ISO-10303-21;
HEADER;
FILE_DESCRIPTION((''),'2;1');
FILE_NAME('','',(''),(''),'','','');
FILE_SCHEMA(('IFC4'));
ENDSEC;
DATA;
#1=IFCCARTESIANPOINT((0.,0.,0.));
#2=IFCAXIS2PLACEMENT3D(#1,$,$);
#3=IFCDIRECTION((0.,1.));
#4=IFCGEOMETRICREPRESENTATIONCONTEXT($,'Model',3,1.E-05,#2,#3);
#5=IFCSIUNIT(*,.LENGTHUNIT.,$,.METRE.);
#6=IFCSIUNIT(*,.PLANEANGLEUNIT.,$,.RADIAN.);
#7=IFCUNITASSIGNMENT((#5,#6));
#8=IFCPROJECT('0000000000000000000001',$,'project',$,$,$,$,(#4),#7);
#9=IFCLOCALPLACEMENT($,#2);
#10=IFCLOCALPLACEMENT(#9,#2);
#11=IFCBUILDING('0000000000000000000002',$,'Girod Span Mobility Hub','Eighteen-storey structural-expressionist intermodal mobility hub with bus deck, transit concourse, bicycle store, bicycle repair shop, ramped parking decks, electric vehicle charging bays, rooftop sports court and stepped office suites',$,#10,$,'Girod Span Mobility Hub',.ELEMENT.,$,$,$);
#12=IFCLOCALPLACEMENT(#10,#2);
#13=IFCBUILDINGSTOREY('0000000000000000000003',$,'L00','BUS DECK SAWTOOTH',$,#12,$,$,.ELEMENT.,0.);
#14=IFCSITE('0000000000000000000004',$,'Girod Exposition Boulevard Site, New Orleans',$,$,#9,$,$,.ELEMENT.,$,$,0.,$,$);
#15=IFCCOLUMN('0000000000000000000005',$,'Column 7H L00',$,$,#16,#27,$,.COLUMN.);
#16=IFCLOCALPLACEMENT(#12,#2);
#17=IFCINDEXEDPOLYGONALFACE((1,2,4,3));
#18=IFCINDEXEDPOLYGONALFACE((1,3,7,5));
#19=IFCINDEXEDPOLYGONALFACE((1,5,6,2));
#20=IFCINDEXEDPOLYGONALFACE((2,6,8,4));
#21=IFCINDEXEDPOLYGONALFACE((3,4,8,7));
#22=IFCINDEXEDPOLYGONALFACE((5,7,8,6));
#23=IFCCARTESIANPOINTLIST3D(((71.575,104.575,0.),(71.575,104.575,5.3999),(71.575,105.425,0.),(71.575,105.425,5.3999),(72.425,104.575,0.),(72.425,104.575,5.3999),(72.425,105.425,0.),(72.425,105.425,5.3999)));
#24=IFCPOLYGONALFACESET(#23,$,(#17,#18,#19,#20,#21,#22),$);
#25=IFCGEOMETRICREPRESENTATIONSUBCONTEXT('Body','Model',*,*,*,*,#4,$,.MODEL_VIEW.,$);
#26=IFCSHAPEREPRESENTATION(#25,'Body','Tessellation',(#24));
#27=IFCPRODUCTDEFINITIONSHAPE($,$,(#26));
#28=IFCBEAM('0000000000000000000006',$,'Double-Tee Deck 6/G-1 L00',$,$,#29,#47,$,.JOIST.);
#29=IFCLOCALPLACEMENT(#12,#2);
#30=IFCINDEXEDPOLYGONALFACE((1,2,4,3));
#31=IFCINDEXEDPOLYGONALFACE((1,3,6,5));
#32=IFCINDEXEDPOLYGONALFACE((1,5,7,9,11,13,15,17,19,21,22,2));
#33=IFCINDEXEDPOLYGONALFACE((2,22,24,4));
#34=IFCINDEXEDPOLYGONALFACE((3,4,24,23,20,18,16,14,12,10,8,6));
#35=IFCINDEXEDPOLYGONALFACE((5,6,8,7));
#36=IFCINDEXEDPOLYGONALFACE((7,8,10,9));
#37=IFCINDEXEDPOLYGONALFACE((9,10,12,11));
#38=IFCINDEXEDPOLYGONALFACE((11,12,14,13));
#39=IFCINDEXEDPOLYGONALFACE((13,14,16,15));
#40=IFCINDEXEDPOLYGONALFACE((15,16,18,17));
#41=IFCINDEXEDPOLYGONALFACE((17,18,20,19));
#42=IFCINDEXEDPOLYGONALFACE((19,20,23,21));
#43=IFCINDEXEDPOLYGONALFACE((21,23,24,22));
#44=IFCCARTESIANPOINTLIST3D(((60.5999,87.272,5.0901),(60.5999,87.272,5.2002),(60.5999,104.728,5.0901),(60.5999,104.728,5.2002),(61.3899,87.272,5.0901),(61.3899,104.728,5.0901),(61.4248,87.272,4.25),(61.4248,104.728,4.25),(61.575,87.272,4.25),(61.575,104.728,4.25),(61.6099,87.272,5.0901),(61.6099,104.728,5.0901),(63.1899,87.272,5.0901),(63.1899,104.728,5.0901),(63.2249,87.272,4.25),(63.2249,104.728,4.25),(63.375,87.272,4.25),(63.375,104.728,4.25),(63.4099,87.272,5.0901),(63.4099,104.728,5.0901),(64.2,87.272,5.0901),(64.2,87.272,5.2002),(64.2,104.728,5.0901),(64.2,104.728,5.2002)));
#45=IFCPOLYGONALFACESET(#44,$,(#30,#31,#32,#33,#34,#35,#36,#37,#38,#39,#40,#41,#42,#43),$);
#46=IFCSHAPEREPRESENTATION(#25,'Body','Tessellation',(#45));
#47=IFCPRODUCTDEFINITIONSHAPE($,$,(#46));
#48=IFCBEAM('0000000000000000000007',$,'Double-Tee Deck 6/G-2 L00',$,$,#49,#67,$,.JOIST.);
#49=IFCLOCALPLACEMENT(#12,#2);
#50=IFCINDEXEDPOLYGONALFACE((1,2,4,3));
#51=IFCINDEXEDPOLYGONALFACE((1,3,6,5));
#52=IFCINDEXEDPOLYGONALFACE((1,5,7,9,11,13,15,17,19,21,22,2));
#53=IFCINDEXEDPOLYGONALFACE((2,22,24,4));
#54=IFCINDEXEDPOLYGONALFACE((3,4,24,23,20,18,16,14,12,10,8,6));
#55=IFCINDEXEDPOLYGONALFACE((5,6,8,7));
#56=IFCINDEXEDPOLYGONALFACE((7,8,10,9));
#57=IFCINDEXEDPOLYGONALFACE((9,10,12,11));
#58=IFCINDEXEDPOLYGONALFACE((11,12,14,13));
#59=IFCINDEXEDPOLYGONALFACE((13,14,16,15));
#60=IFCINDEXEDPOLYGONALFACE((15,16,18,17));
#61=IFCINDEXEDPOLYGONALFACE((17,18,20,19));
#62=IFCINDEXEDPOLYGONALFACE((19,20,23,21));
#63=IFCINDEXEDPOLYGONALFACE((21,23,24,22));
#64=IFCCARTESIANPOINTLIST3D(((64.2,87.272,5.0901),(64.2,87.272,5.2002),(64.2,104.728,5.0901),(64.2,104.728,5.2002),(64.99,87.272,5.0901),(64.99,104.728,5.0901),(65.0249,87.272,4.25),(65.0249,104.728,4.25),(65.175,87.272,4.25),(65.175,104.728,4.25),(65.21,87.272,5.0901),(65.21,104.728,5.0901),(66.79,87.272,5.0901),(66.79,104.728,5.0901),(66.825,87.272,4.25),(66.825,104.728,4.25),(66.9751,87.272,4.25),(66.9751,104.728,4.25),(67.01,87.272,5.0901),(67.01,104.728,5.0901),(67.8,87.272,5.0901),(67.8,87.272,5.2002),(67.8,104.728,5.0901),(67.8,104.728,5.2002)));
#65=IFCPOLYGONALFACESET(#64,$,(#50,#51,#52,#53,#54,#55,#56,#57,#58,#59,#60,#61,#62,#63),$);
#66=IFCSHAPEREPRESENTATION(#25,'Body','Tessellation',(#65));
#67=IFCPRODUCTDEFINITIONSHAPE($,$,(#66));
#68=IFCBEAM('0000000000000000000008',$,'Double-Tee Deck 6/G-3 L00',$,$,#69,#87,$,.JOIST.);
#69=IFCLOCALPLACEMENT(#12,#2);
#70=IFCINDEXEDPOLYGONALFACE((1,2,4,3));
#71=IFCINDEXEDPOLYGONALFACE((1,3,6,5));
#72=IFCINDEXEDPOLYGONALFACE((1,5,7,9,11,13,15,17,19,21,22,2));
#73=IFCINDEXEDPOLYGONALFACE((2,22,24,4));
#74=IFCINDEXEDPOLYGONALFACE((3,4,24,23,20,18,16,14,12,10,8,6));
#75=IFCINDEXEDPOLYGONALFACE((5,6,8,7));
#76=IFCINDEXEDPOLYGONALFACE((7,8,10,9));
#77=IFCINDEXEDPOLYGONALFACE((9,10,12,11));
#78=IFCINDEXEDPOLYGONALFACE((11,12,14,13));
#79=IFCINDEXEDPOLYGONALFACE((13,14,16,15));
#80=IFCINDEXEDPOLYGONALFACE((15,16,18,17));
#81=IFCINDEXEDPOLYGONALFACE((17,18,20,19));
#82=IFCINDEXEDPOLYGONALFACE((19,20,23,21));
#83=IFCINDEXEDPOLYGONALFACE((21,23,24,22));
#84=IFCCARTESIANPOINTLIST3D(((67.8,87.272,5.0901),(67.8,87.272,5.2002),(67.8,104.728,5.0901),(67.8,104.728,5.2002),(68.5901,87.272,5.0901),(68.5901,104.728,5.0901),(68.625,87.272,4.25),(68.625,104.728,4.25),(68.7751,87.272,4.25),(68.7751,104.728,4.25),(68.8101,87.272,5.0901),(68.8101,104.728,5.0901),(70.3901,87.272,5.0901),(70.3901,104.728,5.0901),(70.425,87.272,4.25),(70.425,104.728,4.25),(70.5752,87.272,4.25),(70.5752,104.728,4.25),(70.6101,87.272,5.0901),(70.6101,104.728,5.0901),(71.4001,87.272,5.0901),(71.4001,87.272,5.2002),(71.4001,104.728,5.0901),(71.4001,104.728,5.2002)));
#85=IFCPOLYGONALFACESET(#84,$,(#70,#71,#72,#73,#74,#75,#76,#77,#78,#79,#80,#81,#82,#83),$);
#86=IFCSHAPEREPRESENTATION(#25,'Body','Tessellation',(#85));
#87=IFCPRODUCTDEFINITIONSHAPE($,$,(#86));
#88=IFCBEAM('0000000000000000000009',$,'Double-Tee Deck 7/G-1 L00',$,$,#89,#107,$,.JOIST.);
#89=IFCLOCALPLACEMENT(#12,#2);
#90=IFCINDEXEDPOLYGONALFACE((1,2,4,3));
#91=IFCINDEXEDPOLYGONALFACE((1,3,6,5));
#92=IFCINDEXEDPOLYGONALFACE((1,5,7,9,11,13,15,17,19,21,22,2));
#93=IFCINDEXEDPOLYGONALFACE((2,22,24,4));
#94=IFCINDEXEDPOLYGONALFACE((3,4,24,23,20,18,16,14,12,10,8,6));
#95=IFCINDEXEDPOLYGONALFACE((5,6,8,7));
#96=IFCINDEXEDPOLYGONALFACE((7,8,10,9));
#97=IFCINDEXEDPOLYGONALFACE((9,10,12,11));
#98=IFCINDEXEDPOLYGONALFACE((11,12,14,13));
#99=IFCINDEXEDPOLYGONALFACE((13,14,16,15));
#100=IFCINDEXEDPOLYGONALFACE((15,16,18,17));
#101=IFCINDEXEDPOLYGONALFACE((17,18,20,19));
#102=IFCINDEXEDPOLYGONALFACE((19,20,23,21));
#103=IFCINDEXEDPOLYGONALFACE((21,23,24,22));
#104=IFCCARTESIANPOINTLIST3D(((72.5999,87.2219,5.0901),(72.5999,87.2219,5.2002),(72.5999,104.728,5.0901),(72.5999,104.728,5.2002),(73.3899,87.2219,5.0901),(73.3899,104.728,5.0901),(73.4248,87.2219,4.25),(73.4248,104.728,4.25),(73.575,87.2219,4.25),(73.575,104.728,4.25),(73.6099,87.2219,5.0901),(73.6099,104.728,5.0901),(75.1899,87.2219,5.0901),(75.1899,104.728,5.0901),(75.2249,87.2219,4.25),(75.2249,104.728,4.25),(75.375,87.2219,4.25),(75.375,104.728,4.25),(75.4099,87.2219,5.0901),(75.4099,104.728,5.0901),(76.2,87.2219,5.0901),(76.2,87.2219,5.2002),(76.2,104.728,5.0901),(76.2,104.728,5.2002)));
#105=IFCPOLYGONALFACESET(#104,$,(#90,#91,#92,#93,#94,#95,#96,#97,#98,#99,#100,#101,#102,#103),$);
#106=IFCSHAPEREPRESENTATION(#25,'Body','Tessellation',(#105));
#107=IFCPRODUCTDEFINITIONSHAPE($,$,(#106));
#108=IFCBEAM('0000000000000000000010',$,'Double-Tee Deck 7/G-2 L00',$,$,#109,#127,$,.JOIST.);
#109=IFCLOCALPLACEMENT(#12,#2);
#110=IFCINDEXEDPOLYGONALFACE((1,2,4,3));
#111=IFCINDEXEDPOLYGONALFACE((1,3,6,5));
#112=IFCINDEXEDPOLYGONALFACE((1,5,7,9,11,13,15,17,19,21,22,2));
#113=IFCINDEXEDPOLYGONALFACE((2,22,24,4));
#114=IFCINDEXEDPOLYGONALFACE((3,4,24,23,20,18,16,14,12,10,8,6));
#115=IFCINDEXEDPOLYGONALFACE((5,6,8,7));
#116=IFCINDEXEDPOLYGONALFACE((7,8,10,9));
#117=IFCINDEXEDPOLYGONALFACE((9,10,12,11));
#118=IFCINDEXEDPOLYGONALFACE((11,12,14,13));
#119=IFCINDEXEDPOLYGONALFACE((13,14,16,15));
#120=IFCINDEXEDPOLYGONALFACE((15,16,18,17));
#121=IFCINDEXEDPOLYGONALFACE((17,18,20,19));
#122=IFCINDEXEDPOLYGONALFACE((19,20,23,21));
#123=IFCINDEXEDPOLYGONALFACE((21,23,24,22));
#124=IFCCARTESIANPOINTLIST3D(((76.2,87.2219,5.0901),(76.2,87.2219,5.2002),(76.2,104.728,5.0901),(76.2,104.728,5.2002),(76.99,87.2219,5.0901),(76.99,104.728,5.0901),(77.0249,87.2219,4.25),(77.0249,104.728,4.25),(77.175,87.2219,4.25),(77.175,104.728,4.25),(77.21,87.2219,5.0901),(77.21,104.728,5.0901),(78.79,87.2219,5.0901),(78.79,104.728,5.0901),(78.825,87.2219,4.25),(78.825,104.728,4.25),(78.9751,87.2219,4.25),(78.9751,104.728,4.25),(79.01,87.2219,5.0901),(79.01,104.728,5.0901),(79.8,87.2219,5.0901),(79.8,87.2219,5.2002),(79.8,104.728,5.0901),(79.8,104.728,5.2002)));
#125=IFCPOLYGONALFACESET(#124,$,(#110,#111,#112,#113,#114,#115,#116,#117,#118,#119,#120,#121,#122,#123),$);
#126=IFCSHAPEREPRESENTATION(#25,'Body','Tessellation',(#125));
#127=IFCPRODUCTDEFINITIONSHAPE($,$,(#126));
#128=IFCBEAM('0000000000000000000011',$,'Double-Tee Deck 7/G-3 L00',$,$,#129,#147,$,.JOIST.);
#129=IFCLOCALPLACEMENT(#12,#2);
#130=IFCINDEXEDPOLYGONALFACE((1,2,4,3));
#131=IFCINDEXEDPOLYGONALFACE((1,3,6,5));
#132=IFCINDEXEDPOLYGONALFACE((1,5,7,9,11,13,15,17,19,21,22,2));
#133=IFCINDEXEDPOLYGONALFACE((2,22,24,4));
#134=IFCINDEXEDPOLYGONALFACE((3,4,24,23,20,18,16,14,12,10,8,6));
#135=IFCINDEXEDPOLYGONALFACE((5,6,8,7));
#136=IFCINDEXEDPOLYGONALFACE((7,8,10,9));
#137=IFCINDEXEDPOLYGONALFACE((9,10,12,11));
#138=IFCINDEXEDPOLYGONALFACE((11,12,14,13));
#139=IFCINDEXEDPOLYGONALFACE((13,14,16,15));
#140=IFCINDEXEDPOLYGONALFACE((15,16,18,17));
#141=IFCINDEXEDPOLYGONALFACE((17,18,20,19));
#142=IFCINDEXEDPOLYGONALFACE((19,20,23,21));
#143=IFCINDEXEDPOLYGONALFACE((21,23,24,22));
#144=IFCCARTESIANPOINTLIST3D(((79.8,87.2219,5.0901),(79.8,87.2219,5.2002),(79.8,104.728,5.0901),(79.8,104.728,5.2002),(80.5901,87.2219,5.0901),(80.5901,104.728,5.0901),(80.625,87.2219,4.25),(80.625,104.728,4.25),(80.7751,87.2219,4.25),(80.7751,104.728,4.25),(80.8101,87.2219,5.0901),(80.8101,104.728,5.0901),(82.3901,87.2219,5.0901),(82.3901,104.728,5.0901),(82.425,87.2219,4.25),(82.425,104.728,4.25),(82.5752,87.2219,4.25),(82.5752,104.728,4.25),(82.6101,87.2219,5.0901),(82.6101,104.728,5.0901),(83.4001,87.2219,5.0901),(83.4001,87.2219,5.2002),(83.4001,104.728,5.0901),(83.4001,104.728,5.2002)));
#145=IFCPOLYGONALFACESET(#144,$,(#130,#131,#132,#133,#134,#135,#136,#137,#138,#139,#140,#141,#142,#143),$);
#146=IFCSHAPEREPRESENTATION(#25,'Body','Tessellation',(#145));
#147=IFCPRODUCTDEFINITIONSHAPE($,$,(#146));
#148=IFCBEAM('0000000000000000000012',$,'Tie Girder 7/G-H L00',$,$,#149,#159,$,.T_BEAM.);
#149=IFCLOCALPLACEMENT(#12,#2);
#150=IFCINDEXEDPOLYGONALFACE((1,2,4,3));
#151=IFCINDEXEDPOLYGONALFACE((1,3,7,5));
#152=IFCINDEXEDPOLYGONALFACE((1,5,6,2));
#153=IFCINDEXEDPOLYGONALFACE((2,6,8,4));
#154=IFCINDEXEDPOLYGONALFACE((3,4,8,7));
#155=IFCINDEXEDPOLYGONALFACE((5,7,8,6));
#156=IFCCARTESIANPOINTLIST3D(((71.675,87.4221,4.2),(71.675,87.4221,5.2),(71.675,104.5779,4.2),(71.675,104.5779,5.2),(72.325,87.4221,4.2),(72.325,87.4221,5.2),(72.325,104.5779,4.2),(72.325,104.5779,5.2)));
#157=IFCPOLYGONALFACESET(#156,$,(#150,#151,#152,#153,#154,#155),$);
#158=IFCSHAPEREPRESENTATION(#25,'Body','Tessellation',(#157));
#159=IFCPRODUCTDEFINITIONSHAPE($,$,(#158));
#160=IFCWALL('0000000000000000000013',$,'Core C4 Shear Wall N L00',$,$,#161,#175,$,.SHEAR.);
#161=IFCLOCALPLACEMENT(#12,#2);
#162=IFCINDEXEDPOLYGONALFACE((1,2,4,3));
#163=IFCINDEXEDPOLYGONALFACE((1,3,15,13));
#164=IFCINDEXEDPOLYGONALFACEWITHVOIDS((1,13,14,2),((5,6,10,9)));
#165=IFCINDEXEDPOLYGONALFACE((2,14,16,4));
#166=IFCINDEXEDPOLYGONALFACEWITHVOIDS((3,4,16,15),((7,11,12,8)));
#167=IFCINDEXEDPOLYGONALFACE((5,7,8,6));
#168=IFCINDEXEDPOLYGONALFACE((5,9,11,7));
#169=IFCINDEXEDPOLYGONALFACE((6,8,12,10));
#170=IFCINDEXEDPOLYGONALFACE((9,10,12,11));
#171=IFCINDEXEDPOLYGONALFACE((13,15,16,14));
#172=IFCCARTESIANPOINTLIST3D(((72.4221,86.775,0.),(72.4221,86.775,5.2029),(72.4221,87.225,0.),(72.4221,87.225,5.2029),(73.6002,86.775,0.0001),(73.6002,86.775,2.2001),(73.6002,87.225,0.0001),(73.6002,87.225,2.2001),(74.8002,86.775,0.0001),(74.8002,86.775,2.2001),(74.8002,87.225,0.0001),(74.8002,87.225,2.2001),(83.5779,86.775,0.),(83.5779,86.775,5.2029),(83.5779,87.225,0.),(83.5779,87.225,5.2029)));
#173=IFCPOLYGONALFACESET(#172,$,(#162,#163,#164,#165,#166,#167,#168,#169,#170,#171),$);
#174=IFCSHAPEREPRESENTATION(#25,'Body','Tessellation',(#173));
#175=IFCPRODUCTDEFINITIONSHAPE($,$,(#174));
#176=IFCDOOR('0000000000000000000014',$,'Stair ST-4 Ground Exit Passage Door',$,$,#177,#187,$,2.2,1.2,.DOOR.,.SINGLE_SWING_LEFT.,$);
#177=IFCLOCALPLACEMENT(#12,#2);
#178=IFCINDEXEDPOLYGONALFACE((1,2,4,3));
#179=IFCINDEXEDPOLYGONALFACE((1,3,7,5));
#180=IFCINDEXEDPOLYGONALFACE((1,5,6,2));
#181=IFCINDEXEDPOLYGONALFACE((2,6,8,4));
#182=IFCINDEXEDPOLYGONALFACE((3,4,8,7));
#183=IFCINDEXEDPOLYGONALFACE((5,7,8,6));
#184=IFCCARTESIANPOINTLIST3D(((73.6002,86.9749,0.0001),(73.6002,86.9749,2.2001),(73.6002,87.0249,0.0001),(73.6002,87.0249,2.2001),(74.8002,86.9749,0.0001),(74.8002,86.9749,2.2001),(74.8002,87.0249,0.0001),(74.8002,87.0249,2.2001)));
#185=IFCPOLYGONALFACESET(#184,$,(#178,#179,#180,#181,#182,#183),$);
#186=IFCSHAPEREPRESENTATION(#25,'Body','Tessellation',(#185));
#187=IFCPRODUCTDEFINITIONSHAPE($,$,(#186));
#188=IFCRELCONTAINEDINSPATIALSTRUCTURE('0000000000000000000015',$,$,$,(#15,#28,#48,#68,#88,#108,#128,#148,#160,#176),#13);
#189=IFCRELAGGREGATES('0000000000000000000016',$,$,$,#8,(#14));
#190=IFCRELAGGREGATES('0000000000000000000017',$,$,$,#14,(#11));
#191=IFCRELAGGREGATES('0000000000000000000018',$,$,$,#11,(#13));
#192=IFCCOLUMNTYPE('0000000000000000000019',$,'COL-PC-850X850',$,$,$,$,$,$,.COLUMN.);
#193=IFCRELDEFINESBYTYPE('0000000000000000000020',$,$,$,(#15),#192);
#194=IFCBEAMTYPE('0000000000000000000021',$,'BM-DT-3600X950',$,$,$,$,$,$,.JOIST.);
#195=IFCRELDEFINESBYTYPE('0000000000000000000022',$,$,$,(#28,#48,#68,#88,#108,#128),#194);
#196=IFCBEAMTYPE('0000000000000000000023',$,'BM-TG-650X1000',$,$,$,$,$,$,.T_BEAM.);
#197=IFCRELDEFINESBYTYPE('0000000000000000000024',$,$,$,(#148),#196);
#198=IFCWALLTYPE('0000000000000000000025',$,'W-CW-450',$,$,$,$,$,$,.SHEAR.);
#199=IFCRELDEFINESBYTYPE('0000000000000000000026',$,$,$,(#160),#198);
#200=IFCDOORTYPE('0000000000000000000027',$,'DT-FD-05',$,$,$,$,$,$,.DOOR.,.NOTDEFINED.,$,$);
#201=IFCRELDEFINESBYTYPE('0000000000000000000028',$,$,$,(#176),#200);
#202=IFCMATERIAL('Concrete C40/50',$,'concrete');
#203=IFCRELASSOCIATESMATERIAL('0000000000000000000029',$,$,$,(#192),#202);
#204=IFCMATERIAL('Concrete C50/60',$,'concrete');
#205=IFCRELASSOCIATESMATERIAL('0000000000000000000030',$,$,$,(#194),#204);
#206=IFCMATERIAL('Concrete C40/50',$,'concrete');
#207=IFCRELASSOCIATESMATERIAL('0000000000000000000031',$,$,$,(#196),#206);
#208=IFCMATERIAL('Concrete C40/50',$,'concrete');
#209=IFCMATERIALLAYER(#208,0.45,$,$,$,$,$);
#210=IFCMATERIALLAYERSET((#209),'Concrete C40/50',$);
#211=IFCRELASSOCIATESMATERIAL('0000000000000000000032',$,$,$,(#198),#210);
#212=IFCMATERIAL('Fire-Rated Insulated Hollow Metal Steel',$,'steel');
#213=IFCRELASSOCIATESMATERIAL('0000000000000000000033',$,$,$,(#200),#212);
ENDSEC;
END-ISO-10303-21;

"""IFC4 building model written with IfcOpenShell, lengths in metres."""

from ifc_helpers import new_model, si_unit, direction, frame, frame_2d, origin, origin_2d, place, context, subcontext, project, spatial, polyline, rectangle, outline, extrude, material, layer, layer_set, material_profile, profile_set, type_object, element, fill, save


model = new_model("IFC4")

# Units and contexts
model_context = context("Model", 3, precision=1e-05, world=origin(), true_north=direction((0.0, 1.0)))
body_context = subcontext(model_context, "Body", "Model", "MODEL_VIEW")
ifc_project = project(units=[si_unit("LENGTHUNIT", "METRE"), si_unit("PLANEANGLEUNIT", "RADIAN")], contexts=[model_context])

# Site, building, storey
site_placement = place(None, origin())
site = spatial("IfcSite", under=ifc_project, at=site_placement, Name="Girod Exposition Boulevard Site, New Orleans", CompositionType="ELEMENT", RefElevation=0.0)
building_placement = place(site_placement, origin())
building = spatial("IfcBuilding", under=site, at=building_placement, Name="Girod Span Mobility Hub", Description="Eighteen-storey structural-expressionist intermodal mobility hub with bus deck, transit concourse, bicycle store, bicycle repair shop, ramped parking decks, electric vehicle charging bays, rooftop sports court and stepped office suites", LongName="Girod Span Mobility Hub", CompositionType="ELEMENT")
storey_placement = place(building_placement, origin())
storey = spatial("IfcBuildingStorey", under=building, at=storey_placement, Name="L00", Description="BUS DECK SAWTOOTH", CompositionType="ELEMENT", Elevation=0.0)

# Column
ifc_material_1 = material(Name="Concrete C40/50", Category="concrete")
ifc_material_profile_1 = material_profile(ifc_material_1, rectangle(XDim=0.8501, YDim=0.8501, at=origin_2d()), Name="PC-COL-850X850")
ifc_profile_set_1 = profile_set([ifc_material_profile_1], Name="Concrete C40/50")
column_type = type_object("IfcColumnType", Name="COL-PC-850X850", PredefinedType="COLUMN", material=ifc_profile_set_1)
for number, where, z_axis, x_axis, name in (
    (1, (72.0, 105.0, 0.0), (0.0, 0.0, 1.0), (1.0, 0.0, 0.0), "Column 7H L00"),
):
    element("IfcColumn", number, at=place(storey_placement, frame(where, z_axis=z_axis, x_axis=x_axis)), inside=storey, type_object=column_type, Name=name, PredefinedType="COLUMN", context=body_context, shape_type="SweptSolid", body=[
        extrude(rectangle(XDim=0.8501, YDim=0.8501, at=origin_2d()), origin(), (0.0, 0.0, 1.0), 5.3999),
    ])

# Beams
ifc_material_2 = material(Name="Concrete C50/60", Category="concrete")
ifc_material_profile_2 = material_profile(ifc_material_2, outline(polyline([(-1.8, 0.4751), (-1.8, 0.365), (-1.01, 0.365), (-0.9751, -0.4751), (-0.825, -0.4751), (-0.79, 0.365), (0.79, 0.365), (0.825, -0.4751), (0.9751, -0.4751), (1.01, 0.365), (1.8, 0.365), (1.8, 0.4751), (-1.8, 0.4751)])), Name="DT-3600X950")
ifc_profile_set_2 = profile_set([ifc_material_profile_2], Name="Concrete C50/60")
beam_type_1 = type_object("IfcBeamType", Name="BM-DT-3600X950", PredefinedType="JOIST", material=ifc_profile_set_2)
for number, where, z_axis, x_axis, name in (
    (2, (62.3999, 87.272, 4.7251), (0.0, 1.0, 0.0), (-1.0, 0.0, 0.0), "Double-Tee Deck 6/G-1 L00"),
    (3, (66.0, 87.272, 4.7251), (0.0, 1.0, 0.0), (-1.0, 0.0, 0.0), "Double-Tee Deck 6/G-2 L00"),
    (4, (69.6001, 87.272, 4.7251), (0.0, 1.0, 0.0), (-1.0, 0.0, 0.0), "Double-Tee Deck 6/G-3 L00"),
):
    element("IfcBeam", number, at=place(storey_placement, frame(where, z_axis=z_axis, x_axis=x_axis)), inside=storey, type_object=beam_type_1, Name=name, PredefinedType="JOIST", context=body_context, shape_type="SweptSolid", body=[
        extrude(outline(polyline([(-1.8, 0.4751), (-1.8, 0.365), (-1.01, 0.365), (-0.9751, -0.4751), (-0.825, -0.4751), (-0.79, 0.365), (0.79, 0.365), (0.825, -0.4751), (0.9751, -0.4751), (1.01, 0.365), (1.8, 0.365), (1.8, 0.4751), (-1.8, 0.4751)])), origin(), (0.0, 0.0, 1.0), 17.4561),
    ])
for number, where, z_axis, x_axis, name in (
    (5, (74.3999, 87.2219, 4.7251), (0.0, 1.0, 0.0), (-1.0, 0.0, 0.0), "Double-Tee Deck 7/G-1 L00"),
    (6, (78.0, 87.2219, 4.7251), (0.0, 1.0, 0.0), (-1.0, 0.0, 0.0), "Double-Tee Deck 7/G-2 L00"),
    (7, (81.6001, 87.2219, 4.7251), (0.0, 1.0, 0.0), (-1.0, 0.0, 0.0), "Double-Tee Deck 7/G-3 L00"),
):
    element("IfcBeam", number, at=place(storey_placement, frame(where, z_axis=z_axis, x_axis=x_axis)), inside=storey, type_object=beam_type_1, Name=name, PredefinedType="JOIST", context=body_context, shape_type="SweptSolid", body=[
        extrude(outline(polyline([(-1.8, 0.4751), (-1.8, 0.365), (-1.01, 0.365), (-0.9751, -0.4751), (-0.825, -0.4751), (-0.79, 0.365), (0.79, 0.365), (0.825, -0.4751), (0.9751, -0.4751), (1.01, 0.365), (1.8, 0.365), (1.8, 0.4751), (-1.8, 0.4751)])), origin(), (0.0, 0.0, 1.0), 17.5061),
    ])
ifc_material_3 = material(Name="Concrete C40/50", Category="concrete")
ifc_material_profile_3 = material_profile(ifc_material_3, rectangle(XDim=0.6499, YDim=1.0, at=origin_2d()), Name="TG-650X1000")
ifc_profile_set_3 = profile_set([ifc_material_profile_3], Name="Concrete C40/50")
beam_type_2 = type_object("IfcBeamType", Name="BM-TG-650X1000", PredefinedType="T_BEAM", material=ifc_profile_set_3)
beam_placement = place(storey_placement, frame((72.0, 87.4221, 4.7), z_axis=(0.0, 1.0, 0.0), x_axis=(-1.0, 0.0, 0.0)))
element("IfcBeam", 8, at=beam_placement, inside=storey, type_object=beam_type_2, Name="Tie Girder 7/G-H L00", PredefinedType="T_BEAM", context=body_context, shape_type="SweptSolid", body=[
    extrude(rectangle(XDim=0.6499, YDim=1.0, at=origin_2d()), origin(), (0.0, 0.0, 1.0), 17.1558),
])

# Wall, opening, door
ifc_material_4 = material(Name="Concrete C40/50", Category="concrete")
ifc_layer_1 = layer(ifc_material_4, 0.45)
ifc_layer_set_1 = layer_set([ifc_layer_1], Name="Concrete C40/50")
wall_type_1 = type_object("IfcWallType", Name="W-CW-450", PredefinedType="SHEAR", material=ifc_layer_set_1)
wall_1_placement = place(storey_placement, frame((72.4221, 87.0, 0.0), z_axis=(0.0, 0.0, 1.0), x_axis=(1.0, 0.0, 0.0)))
wall_1 = element("IfcWall", 9, at=wall_1_placement, inside=storey, type_object=wall_type_1, Name="Core C4 Shear Wall N L00", PredefinedType="SHEAR", context=body_context, shape_type="SweptSolid", body=[
    extrude(rectangle(XDim=11.1558, YDim=0.45, at=frame_2d((5.5779, 0.0))), origin(), (0.0, 0.0, 1.0), 5.2029),
])
opening_1_placement = place(wall_1_placement, frame((1.178, 0.0, 0.0)))
opening_1 = element("IfcOpeningElement", 10, at=opening_1_placement, cuts=wall_1, PredefinedType="OPENING", context=body_context, shape_type="SweptSolid", body=[
    extrude(rectangle(XDim=1.2, YDim=2.2, at=frame_2d((0.6001, 1.1001))), frame((0.0, 0.24, 0.0), z_axis=(0.0, -1.0, 0.0), x_axis=(1.0, 0.0, 0.0)), (0.0, 0.0, 1.0), 0.48),
])
ifc_material_5 = material(Name="Fire-Rated Insulated Hollow Metal Steel", Category="steel")
door_type = type_object("IfcDoorType", Name="DT-FD-05", OperationType="NOTDEFINED", PredefinedType="DOOR", material=ifc_material_5)
door_1_placement = place(opening_1_placement, origin())
door_1 = element("IfcDoor", 11, at=door_1_placement, inside=storey, type_object=door_type, Name="Stair ST-4 Ground Exit Passage Door", OperationType="SINGLE_SWING_LEFT", OverallHeight=2.2, OverallWidth=1.2, PredefinedType="DOOR", context=body_context, shape_type="SweptSolid", body=[
    extrude(rectangle(XDim=1.2, YDim=2.2, at=frame_2d((0.6001, 1.1001))), frame((0.0, 0.0249, 0.0), z_axis=(0.0, -1.0, 0.0), x_axis=(1.0, 0.0, 0.0)), (0.0, 0.0, 1.0), 0.05),
])
fill(opening_1, door_1)

save(model, "model.ifc")
